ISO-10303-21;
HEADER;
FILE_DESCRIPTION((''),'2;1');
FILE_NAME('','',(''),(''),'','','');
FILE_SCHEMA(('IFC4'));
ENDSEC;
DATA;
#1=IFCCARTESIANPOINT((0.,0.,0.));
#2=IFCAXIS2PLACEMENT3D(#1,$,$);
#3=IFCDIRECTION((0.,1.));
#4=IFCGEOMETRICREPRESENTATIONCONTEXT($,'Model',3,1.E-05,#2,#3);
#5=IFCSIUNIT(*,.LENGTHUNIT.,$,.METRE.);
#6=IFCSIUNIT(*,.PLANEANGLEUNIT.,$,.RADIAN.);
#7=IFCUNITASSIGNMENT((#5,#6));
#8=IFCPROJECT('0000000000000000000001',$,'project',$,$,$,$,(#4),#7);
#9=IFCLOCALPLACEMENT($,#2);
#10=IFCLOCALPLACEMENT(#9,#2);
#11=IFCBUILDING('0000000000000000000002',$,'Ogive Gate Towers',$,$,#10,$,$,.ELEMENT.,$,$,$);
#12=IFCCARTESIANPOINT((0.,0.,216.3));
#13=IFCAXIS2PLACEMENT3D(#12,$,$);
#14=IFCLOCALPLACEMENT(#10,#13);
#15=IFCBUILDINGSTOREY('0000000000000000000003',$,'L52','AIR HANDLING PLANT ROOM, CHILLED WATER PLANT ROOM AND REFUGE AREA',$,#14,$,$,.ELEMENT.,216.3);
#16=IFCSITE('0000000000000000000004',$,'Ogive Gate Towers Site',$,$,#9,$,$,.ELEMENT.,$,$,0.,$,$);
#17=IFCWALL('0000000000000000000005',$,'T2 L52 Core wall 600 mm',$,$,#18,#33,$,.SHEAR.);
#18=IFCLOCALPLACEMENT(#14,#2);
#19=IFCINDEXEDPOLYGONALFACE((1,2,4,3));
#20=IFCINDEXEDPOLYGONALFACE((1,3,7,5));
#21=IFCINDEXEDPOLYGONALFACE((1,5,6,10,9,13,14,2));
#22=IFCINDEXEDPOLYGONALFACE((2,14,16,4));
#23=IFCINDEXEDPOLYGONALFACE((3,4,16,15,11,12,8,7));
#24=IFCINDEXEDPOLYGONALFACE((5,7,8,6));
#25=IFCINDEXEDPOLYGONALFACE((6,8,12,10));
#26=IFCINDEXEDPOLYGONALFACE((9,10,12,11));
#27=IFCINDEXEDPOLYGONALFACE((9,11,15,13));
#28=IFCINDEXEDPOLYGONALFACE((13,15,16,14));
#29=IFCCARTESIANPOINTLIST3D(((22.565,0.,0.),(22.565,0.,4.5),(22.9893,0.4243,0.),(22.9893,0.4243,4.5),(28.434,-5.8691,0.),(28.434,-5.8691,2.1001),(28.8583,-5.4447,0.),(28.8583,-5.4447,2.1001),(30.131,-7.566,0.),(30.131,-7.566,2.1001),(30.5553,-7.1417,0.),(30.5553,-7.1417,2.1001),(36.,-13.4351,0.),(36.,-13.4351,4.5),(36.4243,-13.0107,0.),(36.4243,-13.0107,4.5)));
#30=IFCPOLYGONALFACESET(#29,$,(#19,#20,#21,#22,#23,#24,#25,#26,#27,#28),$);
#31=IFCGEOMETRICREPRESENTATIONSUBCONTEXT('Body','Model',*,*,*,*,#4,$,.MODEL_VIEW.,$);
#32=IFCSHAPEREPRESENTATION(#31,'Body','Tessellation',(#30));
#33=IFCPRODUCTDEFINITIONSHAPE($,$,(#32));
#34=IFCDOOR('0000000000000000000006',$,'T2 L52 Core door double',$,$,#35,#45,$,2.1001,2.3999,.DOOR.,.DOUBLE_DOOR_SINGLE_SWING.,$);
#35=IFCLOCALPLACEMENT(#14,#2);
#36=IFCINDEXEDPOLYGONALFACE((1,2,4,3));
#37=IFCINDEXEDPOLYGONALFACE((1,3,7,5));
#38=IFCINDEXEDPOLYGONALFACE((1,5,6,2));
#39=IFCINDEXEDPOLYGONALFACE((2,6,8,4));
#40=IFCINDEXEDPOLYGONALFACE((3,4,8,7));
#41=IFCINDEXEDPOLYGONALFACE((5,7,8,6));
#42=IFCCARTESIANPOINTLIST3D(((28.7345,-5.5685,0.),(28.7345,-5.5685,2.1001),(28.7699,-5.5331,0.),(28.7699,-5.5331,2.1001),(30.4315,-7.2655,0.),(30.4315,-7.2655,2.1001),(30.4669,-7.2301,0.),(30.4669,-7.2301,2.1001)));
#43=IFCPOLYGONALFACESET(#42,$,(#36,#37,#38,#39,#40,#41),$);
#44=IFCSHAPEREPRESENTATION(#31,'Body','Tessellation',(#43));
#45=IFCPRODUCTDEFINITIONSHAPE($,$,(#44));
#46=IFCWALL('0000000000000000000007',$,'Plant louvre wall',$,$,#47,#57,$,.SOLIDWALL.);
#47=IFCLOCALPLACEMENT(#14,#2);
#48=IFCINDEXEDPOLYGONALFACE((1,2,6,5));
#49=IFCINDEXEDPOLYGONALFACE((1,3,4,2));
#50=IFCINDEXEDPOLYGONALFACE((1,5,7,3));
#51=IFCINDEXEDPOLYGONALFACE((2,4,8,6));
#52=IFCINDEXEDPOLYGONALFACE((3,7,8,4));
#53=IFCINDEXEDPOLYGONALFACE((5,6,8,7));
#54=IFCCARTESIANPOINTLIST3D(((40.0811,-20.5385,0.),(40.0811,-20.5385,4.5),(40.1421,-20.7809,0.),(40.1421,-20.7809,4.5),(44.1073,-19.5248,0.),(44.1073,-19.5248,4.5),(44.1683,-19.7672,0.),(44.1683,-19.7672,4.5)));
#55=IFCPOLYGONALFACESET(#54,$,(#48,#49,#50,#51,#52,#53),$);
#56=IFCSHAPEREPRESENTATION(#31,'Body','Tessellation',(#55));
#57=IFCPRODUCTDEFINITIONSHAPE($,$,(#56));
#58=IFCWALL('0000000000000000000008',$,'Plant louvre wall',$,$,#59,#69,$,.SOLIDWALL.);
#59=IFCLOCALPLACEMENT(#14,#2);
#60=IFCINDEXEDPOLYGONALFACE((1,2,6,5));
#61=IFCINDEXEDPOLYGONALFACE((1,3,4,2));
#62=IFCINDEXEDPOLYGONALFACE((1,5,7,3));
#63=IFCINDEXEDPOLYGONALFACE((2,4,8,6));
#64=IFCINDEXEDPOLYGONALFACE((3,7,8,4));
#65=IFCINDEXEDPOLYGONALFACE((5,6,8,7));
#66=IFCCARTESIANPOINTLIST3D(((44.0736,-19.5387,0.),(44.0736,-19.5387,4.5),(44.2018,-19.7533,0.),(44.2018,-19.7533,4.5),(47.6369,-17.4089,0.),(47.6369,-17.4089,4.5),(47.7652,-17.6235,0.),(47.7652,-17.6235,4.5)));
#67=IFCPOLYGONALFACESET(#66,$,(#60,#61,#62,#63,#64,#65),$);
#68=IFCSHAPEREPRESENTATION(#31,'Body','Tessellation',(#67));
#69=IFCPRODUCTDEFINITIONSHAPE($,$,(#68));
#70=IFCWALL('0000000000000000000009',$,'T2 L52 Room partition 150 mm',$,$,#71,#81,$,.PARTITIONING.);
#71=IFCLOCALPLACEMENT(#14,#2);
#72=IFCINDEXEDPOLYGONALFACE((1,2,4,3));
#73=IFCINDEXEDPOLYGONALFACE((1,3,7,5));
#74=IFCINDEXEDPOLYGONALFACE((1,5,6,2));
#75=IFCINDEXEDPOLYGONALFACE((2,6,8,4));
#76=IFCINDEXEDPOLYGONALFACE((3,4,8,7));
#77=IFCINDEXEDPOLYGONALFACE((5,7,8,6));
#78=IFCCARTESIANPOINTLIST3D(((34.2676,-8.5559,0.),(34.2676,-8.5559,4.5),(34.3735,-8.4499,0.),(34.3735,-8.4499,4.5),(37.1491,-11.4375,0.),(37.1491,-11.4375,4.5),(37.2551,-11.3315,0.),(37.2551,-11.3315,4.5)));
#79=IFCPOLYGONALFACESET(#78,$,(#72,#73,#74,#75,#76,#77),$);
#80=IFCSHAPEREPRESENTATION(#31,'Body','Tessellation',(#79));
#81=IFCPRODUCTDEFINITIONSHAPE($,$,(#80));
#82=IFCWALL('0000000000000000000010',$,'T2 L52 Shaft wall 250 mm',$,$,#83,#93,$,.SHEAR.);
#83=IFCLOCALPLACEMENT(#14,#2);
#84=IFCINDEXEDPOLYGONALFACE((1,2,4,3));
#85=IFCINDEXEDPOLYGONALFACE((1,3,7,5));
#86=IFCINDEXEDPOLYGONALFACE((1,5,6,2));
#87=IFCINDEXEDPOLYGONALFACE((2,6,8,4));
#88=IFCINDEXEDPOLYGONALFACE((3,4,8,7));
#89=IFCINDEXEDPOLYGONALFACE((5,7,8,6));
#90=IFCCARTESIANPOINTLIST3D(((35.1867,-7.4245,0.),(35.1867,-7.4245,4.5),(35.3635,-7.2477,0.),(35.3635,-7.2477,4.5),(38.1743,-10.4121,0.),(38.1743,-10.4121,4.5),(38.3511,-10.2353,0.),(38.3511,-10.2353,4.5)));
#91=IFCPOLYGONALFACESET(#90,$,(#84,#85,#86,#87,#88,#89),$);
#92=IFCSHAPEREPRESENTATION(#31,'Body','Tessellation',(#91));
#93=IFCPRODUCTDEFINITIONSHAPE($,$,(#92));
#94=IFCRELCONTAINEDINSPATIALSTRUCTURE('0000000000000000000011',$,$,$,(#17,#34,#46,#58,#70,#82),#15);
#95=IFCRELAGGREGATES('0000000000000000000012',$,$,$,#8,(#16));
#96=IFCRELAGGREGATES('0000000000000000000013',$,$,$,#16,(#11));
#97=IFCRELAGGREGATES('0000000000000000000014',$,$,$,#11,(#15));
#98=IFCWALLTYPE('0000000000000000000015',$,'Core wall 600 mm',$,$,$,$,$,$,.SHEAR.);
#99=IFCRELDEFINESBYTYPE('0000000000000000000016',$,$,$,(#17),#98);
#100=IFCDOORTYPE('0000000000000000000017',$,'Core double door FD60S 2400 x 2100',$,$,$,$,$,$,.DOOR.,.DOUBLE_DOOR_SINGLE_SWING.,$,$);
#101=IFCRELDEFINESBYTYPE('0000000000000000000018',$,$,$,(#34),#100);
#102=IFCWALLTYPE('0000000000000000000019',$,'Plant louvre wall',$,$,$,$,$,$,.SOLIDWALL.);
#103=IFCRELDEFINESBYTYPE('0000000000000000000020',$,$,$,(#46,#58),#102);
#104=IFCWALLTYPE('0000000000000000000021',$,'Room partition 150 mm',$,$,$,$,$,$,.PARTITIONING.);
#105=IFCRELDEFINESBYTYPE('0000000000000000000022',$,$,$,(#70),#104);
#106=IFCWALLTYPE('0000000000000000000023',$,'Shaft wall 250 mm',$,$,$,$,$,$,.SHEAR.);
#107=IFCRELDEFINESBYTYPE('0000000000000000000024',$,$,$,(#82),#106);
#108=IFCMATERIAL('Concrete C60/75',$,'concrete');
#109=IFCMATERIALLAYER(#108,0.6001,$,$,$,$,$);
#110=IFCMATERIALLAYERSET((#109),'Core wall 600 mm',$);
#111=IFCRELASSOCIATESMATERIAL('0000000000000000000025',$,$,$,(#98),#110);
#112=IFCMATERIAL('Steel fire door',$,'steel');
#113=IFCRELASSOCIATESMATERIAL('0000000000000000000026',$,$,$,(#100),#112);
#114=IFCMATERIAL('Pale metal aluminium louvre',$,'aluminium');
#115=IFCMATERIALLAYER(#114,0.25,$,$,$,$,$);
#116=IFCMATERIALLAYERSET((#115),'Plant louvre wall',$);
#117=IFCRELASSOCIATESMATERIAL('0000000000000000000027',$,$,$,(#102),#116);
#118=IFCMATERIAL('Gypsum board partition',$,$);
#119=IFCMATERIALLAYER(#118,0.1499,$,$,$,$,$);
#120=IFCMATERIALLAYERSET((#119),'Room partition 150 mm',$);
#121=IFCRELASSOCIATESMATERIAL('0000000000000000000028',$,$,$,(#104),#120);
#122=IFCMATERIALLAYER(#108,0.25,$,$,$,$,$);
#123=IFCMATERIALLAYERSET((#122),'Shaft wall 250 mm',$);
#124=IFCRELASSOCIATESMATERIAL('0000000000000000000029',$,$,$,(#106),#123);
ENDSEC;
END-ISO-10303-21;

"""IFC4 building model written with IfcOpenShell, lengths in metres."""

from ifc_helpers import new_model, si_unit, direction, frame, frame_2d, origin, place, context, subcontext, project, spatial, rectangle, extrude, material, layer, layer_set, type_object, element, fill, save


model = new_model("IFC4")

# Units and contexts
model_context = context("Model", 3, precision=1e-05, world=origin(), true_north=direction((0.0, 1.0)))
body_context = subcontext(model_context, "Body", "Model", "MODEL_VIEW")
ifc_project = project(units=[si_unit("LENGTHUNIT", "METRE"), si_unit("PLANEANGLEUNIT", "RADIAN")], contexts=[model_context])

# Site, building, storey
site_placement = place(None, origin())
site = spatial("IfcSite", under=ifc_project, at=site_placement, Name="Ogive Gate Towers Site", CompositionType="ELEMENT", RefElevation=0.0)
building_placement = place(site_placement, origin())
building = spatial("IfcBuilding", under=site, at=building_placement, Name="Ogive Gate Towers", CompositionType="ELEMENT")
storey_placement = place(building_placement, frame((0.0, 0.0, 216.3)))
storey = spatial("IfcBuildingStorey", under=building, at=storey_placement, Name="L52", Description="AIR HANDLING PLANT ROOM, CHILLED WATER PLANT ROOM AND REFUGE AREA", CompositionType="ELEMENT", Elevation=216.3)

# Shared definitions
ifc_material_1 = material(Name="Steel fire door", Category="steel")

# Shared definitions
ifc_material_2 = material(Name="Concrete C60/75", Category="concrete")
ifc_layer_1 = layer(ifc_material_2, 0.6001)
ifc_layer_set_1 = layer_set([ifc_layer_1], Name="Core wall 600 mm")
wall_type_1 = type_object("IfcWallType", Name="Core wall 600 mm", PredefinedType="SHEAR", material=ifc_layer_set_1)

# Wall, opening, door
wall_1_placement = place(storey_placement, frame((36.2122, -13.2229, 0.0), z_axis=(0.0, 0.0, 1.0), x_axis=(-0.707107, 0.707107, 0.0)))
wall_1 = element("IfcWall", 1, at=wall_1_placement, inside=storey, type_object=wall_type_1, Name="T2 L52 Core wall 600 mm", PredefinedType="SHEAR", context=body_context, shape_type="SweptSolid", body=[
    extrude(rectangle(XDim=19.0, YDim=0.6001, at=frame_2d((9.5, 0.0))), origin(), (0.0, 0.0, 1.0), 4.5),
])
opening_1_placement = place(wall_1_placement, frame((8.3, 0.0, 0.0)))
opening_1 = element("IfcOpeningElement", 2, at=opening_1_placement, cuts=wall_1, PredefinedType="OPENING", context=body_context, shape_type="SweptSolid", body=[
    extrude(rectangle(XDim=2.3999, YDim=2.1001, at=frame_2d((1.2, 1.05))), frame((0.0, 0.3101, 0.0), z_axis=(0.0, -1.0, 0.0), x_axis=(1.0, 0.0, 0.0)), (0.0, 0.0, 1.0), 0.6201),
])
door_type_1 = type_object("IfcDoorType", Name="Core double door FD60S 2400 x 2100", OperationType="DOUBLE_DOOR_SINGLE_SWING", PredefinedType="DOOR", material=ifc_material_1)
door_1_placement = place(opening_1_placement, origin())
door_1 = element("IfcDoor", 3, at=door_1_placement, inside=storey, type_object=door_type_1, Name="T2 L52 Core door double", OperationType="DOUBLE_DOOR_SINGLE_SWING", OverallHeight=2.1001, OverallWidth=2.3999, PredefinedType="DOOR", context=body_context, shape_type="SweptSolid", body=[
    extrude(rectangle(XDim=2.3999, YDim=2.1001, at=frame_2d((1.2, 1.05))), frame((0.0, -0.125, 0.0), z_axis=(0.0, -1.0, 0.0), x_axis=(1.0, 0.0, 0.0)), (0.0, 0.0, 1.0), 0.05),
])
fill(opening_1, door_1)

# Walls
ifc_material_3 = material(Name="Pale metal aluminium louvre", Category="aluminium")
ifc_layer_2 = layer(ifc_material_3, 0.25)
ifc_layer_set_2 = layer_set([ifc_layer_2], Name="Plant louvre wall")
wall_type_2 = type_object("IfcWallType", Name="Plant louvre wall", PredefinedType="SOLIDWALL", material=ifc_layer_set_2)
wall_2_placement = place(storey_placement, frame((40.1116, -20.6597, 0.0), z_axis=(0.0, 0.0, 1.0), x_axis=(0.969736, 0.244154, 0.0)))
element("IfcWall", 4, at=wall_2_placement, inside=storey, type_object=wall_type_2, Name="Plant louvre wall", PredefinedType="SOLIDWALL", context=body_context, shape_type="SweptSolid", body=[
    extrude(rectangle(XDim=4.1519, YDim=0.25, at=frame_2d((2.0759, 0.0))), origin(), (0.0, 0.0, 1.0), 4.5),
])
wall_3_placement = place(storey_placement, frame((44.1377, -19.646, 0.0), z_axis=(0.0, 0.0, 1.0), x_axis=(0.858363, 0.513042, 0.0)))
element("IfcWall", 5, at=wall_3_placement, inside=storey, type_object=wall_type_2, Name="Plant louvre wall", PredefinedType="SOLIDWALL", context=body_context, shape_type="SweptSolid", body=[
    extrude(rectangle(XDim=4.1514, YDim=0.25, at=frame_2d((2.0757, 0.0))), origin(), (0.0, 0.0, 1.0), 4.5),
])
ifc_material_4 = material(Name="Gypsum board partition")
ifc_layer_3 = layer(ifc_material_4, 0.1499)
ifc_layer_set_3 = layer_set([ifc_layer_3], Name="Room partition 150 mm")
wall_type_3 = type_object("IfcWallType", Name="Room partition 150 mm", PredefinedType="PARTITIONING", material=ifc_layer_set_3)
wall_4_placement = place(storey_placement, frame((37.2021, -11.3845, 0.0), z_axis=(0.0, 0.0, 1.0), x_axis=(-0.707107, 0.707107, 0.0)))
element("IfcWall", 6, at=wall_4_placement, inside=storey, type_object=wall_type_3, Name="T2 L52 Room partition 150 mm", PredefinedType="PARTITIONING", context=body_context, shape_type="SweptSolid", body=[
    extrude(rectangle(XDim=4.0752, YDim=0.1499, at=frame_2d((2.0376, 0.0))), origin(), (0.0, 0.0, 1.0), 4.5),
])
ifc_layer_4 = layer(ifc_material_2, 0.25)
ifc_layer_set_4 = layer_set([ifc_layer_4], Name="Shaft wall 250 mm")
wall_type_4 = type_object("IfcWallType", Name="Shaft wall 250 mm", PredefinedType="SHEAR", material=ifc_layer_set_4)
wall_5_placement = place(storey_placement, frame((38.2627, -10.3237, 0.0), z_axis=(0.0, 0.0, 1.0), x_axis=(-0.707107, 0.707107, 0.0)))
element("IfcWall", 7, at=wall_5_placement, inside=storey, type_object=wall_type_4, Name="T2 L52 Shaft wall 250 mm", PredefinedType="SHEAR", context=body_context, shape_type="SweptSolid", body=[
    extrude(rectangle(XDim=4.2251, YDim=0.25, at=frame_2d((2.1125, 0.0))), origin(), (0.0, 0.0, 1.0), 4.5),
])

save(model, "model.ifc")
